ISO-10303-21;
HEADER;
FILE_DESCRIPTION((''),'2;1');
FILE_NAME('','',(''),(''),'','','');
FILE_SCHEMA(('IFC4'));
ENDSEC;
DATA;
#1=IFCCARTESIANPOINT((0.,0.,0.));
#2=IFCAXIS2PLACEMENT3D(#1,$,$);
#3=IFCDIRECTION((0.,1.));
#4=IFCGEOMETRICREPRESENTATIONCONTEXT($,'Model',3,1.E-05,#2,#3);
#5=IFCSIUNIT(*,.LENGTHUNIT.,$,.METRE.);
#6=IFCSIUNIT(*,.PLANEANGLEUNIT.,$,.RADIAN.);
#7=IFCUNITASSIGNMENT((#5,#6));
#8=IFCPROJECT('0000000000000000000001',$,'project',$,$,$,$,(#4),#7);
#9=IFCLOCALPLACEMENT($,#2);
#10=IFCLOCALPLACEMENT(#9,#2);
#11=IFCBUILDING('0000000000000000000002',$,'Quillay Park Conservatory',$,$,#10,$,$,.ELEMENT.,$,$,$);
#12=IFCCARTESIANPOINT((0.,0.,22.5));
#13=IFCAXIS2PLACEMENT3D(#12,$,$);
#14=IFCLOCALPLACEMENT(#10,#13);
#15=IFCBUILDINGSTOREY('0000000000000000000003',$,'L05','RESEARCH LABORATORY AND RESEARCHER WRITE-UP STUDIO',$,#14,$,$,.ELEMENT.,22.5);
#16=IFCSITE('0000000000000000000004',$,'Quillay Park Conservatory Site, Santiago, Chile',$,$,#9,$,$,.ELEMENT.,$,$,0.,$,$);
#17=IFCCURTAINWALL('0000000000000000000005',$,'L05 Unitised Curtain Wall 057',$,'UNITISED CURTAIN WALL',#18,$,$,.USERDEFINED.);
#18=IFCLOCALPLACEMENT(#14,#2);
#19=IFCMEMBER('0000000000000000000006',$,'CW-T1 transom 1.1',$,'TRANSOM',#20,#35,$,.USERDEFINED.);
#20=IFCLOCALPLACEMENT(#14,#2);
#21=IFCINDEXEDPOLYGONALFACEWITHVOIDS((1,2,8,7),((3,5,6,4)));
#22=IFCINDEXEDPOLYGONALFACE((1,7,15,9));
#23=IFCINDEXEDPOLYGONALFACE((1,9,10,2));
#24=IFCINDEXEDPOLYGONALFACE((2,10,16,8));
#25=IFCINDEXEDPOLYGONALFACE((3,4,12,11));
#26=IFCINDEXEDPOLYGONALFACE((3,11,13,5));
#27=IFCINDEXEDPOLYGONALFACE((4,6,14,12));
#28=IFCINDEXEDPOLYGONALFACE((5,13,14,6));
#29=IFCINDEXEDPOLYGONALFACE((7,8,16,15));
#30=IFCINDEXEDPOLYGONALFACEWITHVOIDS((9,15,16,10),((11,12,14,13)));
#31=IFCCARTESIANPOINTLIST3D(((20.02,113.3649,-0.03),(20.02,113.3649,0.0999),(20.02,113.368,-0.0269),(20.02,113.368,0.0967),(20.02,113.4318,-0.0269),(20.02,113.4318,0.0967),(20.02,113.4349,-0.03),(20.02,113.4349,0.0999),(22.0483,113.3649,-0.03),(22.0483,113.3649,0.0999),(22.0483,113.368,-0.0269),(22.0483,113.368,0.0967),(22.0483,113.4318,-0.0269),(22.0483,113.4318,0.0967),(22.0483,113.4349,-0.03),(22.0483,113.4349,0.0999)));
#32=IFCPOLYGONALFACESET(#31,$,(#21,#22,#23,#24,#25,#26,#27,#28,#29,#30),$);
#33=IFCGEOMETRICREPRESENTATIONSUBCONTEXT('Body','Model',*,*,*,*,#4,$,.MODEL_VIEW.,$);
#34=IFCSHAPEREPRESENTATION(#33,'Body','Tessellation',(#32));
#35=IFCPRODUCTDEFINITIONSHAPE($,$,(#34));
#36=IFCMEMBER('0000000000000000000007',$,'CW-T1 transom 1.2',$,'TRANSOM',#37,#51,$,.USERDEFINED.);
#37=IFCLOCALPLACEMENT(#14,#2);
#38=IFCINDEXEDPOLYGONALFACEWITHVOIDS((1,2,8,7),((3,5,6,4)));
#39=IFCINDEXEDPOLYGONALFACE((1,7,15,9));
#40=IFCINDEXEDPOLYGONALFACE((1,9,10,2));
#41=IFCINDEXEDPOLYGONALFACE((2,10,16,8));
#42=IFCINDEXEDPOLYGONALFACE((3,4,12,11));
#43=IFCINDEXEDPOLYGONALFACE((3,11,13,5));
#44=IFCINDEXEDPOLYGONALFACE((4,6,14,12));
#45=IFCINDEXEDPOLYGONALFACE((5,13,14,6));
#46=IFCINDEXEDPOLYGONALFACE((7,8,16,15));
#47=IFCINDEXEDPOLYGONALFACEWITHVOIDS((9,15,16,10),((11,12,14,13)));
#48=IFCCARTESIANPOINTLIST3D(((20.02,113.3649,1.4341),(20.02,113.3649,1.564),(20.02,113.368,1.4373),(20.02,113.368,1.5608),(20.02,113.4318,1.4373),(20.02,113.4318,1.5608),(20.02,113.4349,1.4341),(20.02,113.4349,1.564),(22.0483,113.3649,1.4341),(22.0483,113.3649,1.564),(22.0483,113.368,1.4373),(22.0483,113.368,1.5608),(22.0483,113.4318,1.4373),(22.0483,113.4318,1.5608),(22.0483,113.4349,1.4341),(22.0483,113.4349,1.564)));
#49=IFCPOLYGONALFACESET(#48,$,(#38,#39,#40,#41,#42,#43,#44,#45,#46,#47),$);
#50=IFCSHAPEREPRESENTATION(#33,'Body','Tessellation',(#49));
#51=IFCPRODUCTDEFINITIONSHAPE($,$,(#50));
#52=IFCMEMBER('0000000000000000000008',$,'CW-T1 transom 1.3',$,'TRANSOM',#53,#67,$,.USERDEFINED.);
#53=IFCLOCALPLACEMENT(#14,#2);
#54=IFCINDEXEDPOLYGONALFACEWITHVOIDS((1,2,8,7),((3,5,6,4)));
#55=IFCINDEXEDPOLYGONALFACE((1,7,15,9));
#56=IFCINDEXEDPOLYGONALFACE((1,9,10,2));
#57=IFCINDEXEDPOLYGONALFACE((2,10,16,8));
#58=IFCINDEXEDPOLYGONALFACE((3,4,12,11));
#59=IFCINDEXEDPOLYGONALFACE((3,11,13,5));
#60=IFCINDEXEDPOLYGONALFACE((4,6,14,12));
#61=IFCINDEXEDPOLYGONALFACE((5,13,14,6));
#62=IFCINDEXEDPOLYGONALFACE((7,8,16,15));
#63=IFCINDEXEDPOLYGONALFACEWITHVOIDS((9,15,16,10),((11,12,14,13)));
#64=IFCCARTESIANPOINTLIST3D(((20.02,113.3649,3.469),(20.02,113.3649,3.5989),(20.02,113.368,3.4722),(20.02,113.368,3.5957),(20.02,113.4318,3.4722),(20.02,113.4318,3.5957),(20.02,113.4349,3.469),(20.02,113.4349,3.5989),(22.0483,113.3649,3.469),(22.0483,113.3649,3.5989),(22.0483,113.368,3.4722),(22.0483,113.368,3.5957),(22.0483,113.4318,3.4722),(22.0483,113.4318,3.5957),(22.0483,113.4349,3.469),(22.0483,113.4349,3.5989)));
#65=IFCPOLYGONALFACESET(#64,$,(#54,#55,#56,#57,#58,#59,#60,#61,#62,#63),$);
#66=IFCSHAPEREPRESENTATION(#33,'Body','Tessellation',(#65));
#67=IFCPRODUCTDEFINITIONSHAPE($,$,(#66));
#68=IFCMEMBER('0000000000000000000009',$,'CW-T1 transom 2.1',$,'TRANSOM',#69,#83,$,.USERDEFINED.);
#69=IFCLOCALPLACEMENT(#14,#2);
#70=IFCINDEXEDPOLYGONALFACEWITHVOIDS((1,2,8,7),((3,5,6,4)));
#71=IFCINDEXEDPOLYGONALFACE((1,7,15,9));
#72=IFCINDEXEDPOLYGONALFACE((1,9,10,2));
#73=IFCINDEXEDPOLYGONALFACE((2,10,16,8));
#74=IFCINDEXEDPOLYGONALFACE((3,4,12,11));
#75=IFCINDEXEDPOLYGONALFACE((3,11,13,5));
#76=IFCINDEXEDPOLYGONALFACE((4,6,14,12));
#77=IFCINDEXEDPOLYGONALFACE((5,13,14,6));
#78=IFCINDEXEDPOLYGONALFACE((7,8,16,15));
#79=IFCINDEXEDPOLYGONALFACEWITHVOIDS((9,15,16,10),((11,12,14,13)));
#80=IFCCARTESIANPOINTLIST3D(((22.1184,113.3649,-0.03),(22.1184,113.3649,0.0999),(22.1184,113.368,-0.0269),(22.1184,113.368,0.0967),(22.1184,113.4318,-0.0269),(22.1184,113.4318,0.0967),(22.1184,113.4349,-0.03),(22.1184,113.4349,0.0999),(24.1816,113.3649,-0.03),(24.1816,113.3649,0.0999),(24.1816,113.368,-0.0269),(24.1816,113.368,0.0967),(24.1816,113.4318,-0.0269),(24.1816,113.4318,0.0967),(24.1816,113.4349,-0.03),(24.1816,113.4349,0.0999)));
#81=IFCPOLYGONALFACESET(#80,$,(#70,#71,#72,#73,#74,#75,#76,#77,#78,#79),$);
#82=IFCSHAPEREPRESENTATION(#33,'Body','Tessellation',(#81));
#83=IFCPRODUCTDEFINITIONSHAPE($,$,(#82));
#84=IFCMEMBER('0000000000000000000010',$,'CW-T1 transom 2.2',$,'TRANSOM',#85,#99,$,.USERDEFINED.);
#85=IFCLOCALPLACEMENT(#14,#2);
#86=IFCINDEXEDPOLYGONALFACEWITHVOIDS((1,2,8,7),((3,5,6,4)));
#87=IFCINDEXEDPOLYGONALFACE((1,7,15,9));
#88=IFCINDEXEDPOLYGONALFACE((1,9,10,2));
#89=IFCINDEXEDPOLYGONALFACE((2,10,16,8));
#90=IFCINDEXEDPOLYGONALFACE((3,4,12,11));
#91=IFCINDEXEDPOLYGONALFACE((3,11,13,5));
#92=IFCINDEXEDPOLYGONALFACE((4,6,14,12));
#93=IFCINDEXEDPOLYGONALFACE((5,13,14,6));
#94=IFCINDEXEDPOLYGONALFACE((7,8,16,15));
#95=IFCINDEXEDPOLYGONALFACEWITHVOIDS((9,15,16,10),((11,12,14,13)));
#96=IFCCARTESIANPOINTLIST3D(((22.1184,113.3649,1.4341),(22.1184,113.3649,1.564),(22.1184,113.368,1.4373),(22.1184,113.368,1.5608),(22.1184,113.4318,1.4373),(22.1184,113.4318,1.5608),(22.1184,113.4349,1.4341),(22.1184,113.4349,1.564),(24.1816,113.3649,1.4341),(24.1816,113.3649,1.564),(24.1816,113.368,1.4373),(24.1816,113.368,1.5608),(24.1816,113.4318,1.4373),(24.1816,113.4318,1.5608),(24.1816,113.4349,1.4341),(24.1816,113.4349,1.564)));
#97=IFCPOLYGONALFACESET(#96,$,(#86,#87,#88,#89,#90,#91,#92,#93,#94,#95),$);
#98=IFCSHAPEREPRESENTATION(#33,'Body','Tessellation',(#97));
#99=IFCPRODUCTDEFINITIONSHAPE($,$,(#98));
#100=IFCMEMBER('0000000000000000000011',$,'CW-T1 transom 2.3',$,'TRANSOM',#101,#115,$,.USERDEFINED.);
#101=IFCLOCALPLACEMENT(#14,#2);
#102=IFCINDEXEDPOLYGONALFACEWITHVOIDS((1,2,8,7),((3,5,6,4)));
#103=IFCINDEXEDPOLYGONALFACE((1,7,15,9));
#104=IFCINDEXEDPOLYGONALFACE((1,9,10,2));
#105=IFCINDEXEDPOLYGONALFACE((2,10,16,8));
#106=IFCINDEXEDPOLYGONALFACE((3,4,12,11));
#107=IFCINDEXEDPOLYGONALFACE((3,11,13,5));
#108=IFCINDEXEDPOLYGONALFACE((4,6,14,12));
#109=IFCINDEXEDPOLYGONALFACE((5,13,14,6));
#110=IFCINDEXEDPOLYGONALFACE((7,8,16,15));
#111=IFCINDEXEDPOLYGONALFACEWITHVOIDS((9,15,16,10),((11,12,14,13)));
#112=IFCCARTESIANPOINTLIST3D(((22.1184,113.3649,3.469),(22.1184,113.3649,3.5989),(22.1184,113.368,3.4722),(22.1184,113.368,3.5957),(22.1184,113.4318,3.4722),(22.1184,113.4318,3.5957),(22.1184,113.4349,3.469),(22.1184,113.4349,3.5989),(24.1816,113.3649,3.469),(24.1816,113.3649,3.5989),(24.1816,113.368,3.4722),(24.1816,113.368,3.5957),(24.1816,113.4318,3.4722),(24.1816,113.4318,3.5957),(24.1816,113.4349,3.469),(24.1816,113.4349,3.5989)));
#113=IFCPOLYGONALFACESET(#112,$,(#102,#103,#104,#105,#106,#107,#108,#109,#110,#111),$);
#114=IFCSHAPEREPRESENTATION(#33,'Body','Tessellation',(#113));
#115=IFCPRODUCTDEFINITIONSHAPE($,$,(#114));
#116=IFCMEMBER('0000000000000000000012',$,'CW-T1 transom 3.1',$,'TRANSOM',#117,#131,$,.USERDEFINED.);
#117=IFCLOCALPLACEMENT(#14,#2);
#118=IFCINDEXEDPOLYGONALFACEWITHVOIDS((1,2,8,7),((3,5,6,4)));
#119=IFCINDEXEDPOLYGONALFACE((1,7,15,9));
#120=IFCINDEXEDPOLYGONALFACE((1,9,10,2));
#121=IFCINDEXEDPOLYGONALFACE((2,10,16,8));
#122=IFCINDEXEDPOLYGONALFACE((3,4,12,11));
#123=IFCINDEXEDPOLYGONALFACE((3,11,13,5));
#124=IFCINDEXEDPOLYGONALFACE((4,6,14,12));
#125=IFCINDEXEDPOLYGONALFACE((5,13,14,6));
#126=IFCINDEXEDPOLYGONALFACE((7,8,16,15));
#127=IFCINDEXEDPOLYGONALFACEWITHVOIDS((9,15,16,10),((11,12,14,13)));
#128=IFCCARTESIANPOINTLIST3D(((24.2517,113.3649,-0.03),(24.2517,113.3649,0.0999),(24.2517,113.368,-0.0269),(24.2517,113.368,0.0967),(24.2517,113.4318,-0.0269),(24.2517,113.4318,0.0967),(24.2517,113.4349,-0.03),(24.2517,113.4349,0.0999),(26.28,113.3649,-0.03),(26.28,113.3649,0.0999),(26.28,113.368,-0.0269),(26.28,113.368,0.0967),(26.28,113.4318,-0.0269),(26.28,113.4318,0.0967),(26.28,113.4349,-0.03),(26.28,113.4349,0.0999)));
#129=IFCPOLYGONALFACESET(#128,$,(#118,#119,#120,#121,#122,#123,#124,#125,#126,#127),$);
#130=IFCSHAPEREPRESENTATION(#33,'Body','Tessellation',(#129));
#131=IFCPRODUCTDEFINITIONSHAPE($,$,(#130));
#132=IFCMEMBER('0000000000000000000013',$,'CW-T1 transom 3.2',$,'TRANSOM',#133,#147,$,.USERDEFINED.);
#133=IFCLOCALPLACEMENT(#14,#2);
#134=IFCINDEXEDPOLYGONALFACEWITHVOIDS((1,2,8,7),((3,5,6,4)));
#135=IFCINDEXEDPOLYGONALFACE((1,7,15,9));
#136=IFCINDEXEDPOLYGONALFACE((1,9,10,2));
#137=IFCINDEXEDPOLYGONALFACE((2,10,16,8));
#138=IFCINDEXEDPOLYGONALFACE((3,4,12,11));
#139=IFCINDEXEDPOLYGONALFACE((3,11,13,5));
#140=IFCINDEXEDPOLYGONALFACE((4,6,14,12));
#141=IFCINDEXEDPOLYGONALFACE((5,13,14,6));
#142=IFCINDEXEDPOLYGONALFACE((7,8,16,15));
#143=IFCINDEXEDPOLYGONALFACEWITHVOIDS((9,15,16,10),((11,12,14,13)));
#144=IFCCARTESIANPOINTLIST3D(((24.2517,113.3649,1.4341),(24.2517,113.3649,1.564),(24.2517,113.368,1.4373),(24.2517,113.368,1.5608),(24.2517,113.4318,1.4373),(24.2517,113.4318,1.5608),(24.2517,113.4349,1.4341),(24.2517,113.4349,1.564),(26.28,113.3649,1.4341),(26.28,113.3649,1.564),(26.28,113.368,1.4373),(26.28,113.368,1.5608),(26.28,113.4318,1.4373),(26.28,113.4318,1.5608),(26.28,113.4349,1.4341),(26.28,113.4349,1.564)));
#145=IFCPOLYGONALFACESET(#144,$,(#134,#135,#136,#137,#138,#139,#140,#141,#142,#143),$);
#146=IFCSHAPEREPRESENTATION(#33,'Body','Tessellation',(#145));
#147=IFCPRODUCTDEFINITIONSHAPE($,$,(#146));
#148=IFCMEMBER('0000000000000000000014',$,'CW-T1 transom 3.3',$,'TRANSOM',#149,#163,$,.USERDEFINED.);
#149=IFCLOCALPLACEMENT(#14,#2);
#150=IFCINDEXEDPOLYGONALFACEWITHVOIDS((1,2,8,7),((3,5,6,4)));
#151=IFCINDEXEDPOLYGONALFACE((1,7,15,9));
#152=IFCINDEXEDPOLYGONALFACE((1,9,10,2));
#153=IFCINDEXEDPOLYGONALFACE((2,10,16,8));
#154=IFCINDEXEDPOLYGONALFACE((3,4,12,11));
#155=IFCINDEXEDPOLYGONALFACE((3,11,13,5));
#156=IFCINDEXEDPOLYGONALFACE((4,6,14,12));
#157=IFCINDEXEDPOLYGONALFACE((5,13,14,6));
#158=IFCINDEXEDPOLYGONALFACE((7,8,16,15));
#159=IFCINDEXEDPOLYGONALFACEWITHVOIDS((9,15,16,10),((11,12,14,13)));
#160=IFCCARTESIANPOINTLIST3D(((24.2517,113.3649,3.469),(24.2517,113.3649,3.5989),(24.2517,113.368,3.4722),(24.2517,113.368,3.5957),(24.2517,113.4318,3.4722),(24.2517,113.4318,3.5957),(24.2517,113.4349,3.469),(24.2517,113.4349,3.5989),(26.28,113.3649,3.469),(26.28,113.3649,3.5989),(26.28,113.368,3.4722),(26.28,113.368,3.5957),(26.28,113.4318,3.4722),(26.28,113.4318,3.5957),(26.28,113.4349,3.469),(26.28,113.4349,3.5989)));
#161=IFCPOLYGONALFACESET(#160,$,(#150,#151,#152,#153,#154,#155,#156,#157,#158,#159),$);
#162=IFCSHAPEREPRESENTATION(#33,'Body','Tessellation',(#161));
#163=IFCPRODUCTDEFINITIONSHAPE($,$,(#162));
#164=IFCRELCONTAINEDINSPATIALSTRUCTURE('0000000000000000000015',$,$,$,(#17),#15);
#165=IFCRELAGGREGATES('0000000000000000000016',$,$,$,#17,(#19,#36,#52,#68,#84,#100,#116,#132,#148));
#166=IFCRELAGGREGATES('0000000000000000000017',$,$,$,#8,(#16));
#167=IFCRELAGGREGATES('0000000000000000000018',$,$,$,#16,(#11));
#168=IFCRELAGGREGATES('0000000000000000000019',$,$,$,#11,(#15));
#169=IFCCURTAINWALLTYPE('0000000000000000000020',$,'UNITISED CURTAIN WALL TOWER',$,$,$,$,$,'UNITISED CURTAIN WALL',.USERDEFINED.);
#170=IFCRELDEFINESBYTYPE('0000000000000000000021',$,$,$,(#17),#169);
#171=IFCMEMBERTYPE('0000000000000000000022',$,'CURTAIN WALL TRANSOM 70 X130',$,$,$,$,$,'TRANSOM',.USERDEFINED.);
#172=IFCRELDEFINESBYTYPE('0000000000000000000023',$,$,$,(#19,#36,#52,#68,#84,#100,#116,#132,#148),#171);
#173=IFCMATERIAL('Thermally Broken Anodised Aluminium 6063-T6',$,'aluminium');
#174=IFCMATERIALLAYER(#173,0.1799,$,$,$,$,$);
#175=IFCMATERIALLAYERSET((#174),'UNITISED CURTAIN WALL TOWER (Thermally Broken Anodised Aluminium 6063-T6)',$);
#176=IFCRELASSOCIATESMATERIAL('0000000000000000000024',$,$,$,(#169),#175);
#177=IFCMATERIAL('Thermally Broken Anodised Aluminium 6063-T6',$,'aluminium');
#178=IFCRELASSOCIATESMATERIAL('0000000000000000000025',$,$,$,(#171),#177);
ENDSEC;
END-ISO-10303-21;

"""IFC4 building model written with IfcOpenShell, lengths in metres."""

from ifc_helpers import new_model, si_unit, direction, frame, origin, origin_2d, place, context, subcontext, project, spatial, hollow_rectangle, extrude, material, layer, layer_set, material_profile, profile_set, type_object, element, aggregate, save


model = new_model("IFC4")

# Units and contexts
model_context = context("Model", 3, precision=1e-05, world=origin(), true_north=direction((0.0, 1.0)))
body_context = subcontext(model_context, "Body", "Model", "MODEL_VIEW")
ifc_project = project(units=[si_unit("LENGTHUNIT", "METRE"), si_unit("PLANEANGLEUNIT", "RADIAN")], contexts=[model_context])

# Site, building, storey
site_placement = place(None, origin())
site = spatial("IfcSite", under=ifc_project, at=site_placement, Name="Quillay Park Conservatory Site, Santiago, Chile", CompositionType="ELEMENT", RefElevation=0.0)
building_placement = place(site_placement, origin())
building = spatial("IfcBuilding", under=site, at=building_placement, Name="Quillay Park Conservatory", CompositionType="ELEMENT")
storey_placement = place(building_placement, frame((0.0, 0.0, 22.5)))
storey = spatial("IfcBuildingStorey", under=building, at=storey_placement, Name="L05", Description="RESEARCH LABORATORY AND RESEARCHER WRITE-UP STUDIO", CompositionType="ELEMENT", Elevation=22.5)

# Curtain wall, members
ifc_material_1 = material(Name="Thermally Broken Anodised Aluminium 6063-T6", Category="aluminium")
ifc_layer_1 = layer(ifc_material_1, 0.1799)
ifc_layer_set_1 = layer_set([ifc_layer_1], Name="UNITISED CURTAIN WALL TOWER (Thermally Broken Anodised Aluminium 6063-T6)")
curtain_wall_type = type_object("IfcCurtainWallType", Name="UNITISED CURTAIN WALL TOWER", ElementType="UNITISED CURTAIN WALL", PredefinedType="USERDEFINED", material=ifc_layer_set_1)
curtain_wall_placement = place(storey_placement, origin())
curtain_wall = element("IfcCurtainWall", 1, at=curtain_wall_placement, inside=storey, type_object=curtain_wall_type, Name="L05 Unitised Curtain Wall 057", ObjectType="UNITISED CURTAIN WALL", PredefinedType="USERDEFINED")
ifc_material_2 = material(Name="Thermally Broken Anodised Aluminium 6063-T6", Category="aluminium")
ifc_material_profile_1 = material_profile(ifc_material_2, hollow_rectangle(XDim=0.0701, YDim=0.1299, WallThickness=0.0032, at=origin_2d()), Name="AL70x130x3.2")
ifc_profile_set_1 = profile_set([ifc_material_profile_1], Name="Thermally Broken Anodised Aluminium 6063-T6")
member_type_1 = type_object("IfcMemberType", Name="CURTAIN WALL TRANSOM 70 X130", ElementType="TRANSOM", PredefinedType="USERDEFINED", material=ifc_profile_set_1)
member_1_placement = place(storey_placement, frame((20.02, 113.3999, 0.0349), z_axis=(1.0, 0.0, 0.0), x_axis=(0.0, 1.0, 0.0)))
member_1 = element("IfcMember", 2, at=member_1_placement, type_object=member_type_1, Name="CW-T1 transom 1.1", ObjectType="TRANSOM", PredefinedType="USERDEFINED", context=body_context, shape_type="SweptSolid", body=[
    extrude(hollow_rectangle(XDim=0.0701, YDim=0.1299, WallThickness=0.0032, at=origin_2d()), origin(), (0.0, 0.0, 1.0), 2.0283),
])
member_2_placement = place(storey_placement, frame((20.02, 113.3999, 1.499), z_axis=(1.0, 0.0, 0.0), x_axis=(0.0, 1.0, 0.0)))
member_2 = element("IfcMember", 3, at=member_2_placement, type_object=member_type_1, Name="CW-T1 transom 1.2", ObjectType="TRANSOM", PredefinedType="USERDEFINED", context=body_context, shape_type="SweptSolid", body=[
    extrude(hollow_rectangle(XDim=0.0701, YDim=0.1299, WallThickness=0.0032, at=origin_2d()), origin(), (0.0, 0.0, 1.0), 2.0283),
])
member_3_placement = place(storey_placement, frame((20.02, 113.3999, 3.5339), z_axis=(1.0, 0.0, 0.0), x_axis=(0.0, 1.0, 0.0)))
member_3 = element("IfcMember", 4, at=member_3_placement, type_object=member_type_1, Name="CW-T1 transom 1.3", ObjectType="TRANSOM", PredefinedType="USERDEFINED", context=body_context, shape_type="SweptSolid", body=[
    extrude(hollow_rectangle(XDim=0.0701, YDim=0.1299, WallThickness=0.0032, at=origin_2d()), origin(), (0.0, 0.0, 1.0), 2.0283),
])
member_4_placement = place(storey_placement, frame((22.1184, 113.3999, 0.0349), z_axis=(1.0, 0.0, 0.0), x_axis=(0.0, 1.0, 0.0)))
member_4 = element("IfcMember", 5, at=member_4_placement, type_object=member_type_1, Name="CW-T1 transom 2.1", ObjectType="TRANSOM", PredefinedType="USERDEFINED", context=body_context, shape_type="SweptSolid", body=[
    extrude(hollow_rectangle(XDim=0.0701, YDim=0.1299, WallThickness=0.0032, at=origin_2d()), origin(), (0.0, 0.0, 1.0), 2.0632),
])
member_5_placement = place(storey_placement, frame((22.1184, 113.3999, 1.499), z_axis=(1.0, 0.0, 0.0), x_axis=(0.0, 1.0, 0.0)))
member_5 = element("IfcMember", 6, at=member_5_placement, type_object=member_type_1, Name="CW-T1 transom 2.2", ObjectType="TRANSOM", PredefinedType="USERDEFINED", context=body_context, shape_type="SweptSolid", body=[
    extrude(hollow_rectangle(XDim=0.0701, YDim=0.1299, WallThickness=0.0032, at=origin_2d()), origin(), (0.0, 0.0, 1.0), 2.0632),
])
member_6_placement = place(storey_placement, frame((22.1184, 113.3999, 3.5339), z_axis=(1.0, 0.0, 0.0), x_axis=(0.0, 1.0, 0.0)))
member_6 = element("IfcMember", 7, at=member_6_placement, type_object=member_type_1, Name="CW-T1 transom 2.3", ObjectType="TRANSOM", PredefinedType="USERDEFINED", context=body_context, shape_type="SweptSolid", body=[
    extrude(hollow_rectangle(XDim=0.0701, YDim=0.1299, WallThickness=0.0032, at=origin_2d()), origin(), (0.0, 0.0, 1.0), 2.0632),
])
member_7_placement = place(storey_placement, frame((24.2517, 113.3999, 0.0349), z_axis=(1.0, 0.0, 0.0), x_axis=(0.0, 1.0, 0.0)))
member_7 = element("IfcMember", 8, at=member_7_placement, type_object=member_type_1, Name="CW-T1 transom 3.1", ObjectType="TRANSOM", PredefinedType="USERDEFINED", context=body_context, shape_type="SweptSolid", body=[
    extrude(hollow_rectangle(XDim=0.0701, YDim=0.1299, WallThickness=0.0032, at=origin_2d()), origin(), (0.0, 0.0, 1.0), 2.0283),
])
member_8_placement = place(storey_placement, frame((24.2517, 113.3999, 1.499), z_axis=(1.0, 0.0, 0.0), x_axis=(0.0, 1.0, 0.0)))
member_8 = element("IfcMember", 9, at=member_8_placement, type_object=member_type_1, Name="CW-T1 transom 3.2", ObjectType="TRANSOM", PredefinedType="USERDEFINED", context=body_context, shape_type="SweptSolid", body=[
    extrude(hollow_rectangle(XDim=0.0701, YDim=0.1299, WallThickness=0.0032, at=origin_2d()), origin(), (0.0, 0.0, 1.0), 2.0283),
])
member_9_placement = place(storey_placement, frame((24.2517, 113.3999, 3.5339), z_axis=(1.0, 0.0, 0.0), x_axis=(0.0, 1.0, 0.0)))
member_9 = element("IfcMember", 10, at=member_9_placement, type_object=member_type_1, Name="CW-T1 transom 3.3", ObjectType="TRANSOM", PredefinedType="USERDEFINED", context=body_context, shape_type="SweptSolid", body=[
    extrude(hollow_rectangle(XDim=0.0701, YDim=0.1299, WallThickness=0.0032, at=origin_2d()), origin(), (0.0, 0.0, 1.0), 2.0283),
])

aggregate(curtain_wall, [member_1, member_2, member_3, member_4, member_5, member_6, member_7, member_8, member_9])

save(model, "model.ifc")
